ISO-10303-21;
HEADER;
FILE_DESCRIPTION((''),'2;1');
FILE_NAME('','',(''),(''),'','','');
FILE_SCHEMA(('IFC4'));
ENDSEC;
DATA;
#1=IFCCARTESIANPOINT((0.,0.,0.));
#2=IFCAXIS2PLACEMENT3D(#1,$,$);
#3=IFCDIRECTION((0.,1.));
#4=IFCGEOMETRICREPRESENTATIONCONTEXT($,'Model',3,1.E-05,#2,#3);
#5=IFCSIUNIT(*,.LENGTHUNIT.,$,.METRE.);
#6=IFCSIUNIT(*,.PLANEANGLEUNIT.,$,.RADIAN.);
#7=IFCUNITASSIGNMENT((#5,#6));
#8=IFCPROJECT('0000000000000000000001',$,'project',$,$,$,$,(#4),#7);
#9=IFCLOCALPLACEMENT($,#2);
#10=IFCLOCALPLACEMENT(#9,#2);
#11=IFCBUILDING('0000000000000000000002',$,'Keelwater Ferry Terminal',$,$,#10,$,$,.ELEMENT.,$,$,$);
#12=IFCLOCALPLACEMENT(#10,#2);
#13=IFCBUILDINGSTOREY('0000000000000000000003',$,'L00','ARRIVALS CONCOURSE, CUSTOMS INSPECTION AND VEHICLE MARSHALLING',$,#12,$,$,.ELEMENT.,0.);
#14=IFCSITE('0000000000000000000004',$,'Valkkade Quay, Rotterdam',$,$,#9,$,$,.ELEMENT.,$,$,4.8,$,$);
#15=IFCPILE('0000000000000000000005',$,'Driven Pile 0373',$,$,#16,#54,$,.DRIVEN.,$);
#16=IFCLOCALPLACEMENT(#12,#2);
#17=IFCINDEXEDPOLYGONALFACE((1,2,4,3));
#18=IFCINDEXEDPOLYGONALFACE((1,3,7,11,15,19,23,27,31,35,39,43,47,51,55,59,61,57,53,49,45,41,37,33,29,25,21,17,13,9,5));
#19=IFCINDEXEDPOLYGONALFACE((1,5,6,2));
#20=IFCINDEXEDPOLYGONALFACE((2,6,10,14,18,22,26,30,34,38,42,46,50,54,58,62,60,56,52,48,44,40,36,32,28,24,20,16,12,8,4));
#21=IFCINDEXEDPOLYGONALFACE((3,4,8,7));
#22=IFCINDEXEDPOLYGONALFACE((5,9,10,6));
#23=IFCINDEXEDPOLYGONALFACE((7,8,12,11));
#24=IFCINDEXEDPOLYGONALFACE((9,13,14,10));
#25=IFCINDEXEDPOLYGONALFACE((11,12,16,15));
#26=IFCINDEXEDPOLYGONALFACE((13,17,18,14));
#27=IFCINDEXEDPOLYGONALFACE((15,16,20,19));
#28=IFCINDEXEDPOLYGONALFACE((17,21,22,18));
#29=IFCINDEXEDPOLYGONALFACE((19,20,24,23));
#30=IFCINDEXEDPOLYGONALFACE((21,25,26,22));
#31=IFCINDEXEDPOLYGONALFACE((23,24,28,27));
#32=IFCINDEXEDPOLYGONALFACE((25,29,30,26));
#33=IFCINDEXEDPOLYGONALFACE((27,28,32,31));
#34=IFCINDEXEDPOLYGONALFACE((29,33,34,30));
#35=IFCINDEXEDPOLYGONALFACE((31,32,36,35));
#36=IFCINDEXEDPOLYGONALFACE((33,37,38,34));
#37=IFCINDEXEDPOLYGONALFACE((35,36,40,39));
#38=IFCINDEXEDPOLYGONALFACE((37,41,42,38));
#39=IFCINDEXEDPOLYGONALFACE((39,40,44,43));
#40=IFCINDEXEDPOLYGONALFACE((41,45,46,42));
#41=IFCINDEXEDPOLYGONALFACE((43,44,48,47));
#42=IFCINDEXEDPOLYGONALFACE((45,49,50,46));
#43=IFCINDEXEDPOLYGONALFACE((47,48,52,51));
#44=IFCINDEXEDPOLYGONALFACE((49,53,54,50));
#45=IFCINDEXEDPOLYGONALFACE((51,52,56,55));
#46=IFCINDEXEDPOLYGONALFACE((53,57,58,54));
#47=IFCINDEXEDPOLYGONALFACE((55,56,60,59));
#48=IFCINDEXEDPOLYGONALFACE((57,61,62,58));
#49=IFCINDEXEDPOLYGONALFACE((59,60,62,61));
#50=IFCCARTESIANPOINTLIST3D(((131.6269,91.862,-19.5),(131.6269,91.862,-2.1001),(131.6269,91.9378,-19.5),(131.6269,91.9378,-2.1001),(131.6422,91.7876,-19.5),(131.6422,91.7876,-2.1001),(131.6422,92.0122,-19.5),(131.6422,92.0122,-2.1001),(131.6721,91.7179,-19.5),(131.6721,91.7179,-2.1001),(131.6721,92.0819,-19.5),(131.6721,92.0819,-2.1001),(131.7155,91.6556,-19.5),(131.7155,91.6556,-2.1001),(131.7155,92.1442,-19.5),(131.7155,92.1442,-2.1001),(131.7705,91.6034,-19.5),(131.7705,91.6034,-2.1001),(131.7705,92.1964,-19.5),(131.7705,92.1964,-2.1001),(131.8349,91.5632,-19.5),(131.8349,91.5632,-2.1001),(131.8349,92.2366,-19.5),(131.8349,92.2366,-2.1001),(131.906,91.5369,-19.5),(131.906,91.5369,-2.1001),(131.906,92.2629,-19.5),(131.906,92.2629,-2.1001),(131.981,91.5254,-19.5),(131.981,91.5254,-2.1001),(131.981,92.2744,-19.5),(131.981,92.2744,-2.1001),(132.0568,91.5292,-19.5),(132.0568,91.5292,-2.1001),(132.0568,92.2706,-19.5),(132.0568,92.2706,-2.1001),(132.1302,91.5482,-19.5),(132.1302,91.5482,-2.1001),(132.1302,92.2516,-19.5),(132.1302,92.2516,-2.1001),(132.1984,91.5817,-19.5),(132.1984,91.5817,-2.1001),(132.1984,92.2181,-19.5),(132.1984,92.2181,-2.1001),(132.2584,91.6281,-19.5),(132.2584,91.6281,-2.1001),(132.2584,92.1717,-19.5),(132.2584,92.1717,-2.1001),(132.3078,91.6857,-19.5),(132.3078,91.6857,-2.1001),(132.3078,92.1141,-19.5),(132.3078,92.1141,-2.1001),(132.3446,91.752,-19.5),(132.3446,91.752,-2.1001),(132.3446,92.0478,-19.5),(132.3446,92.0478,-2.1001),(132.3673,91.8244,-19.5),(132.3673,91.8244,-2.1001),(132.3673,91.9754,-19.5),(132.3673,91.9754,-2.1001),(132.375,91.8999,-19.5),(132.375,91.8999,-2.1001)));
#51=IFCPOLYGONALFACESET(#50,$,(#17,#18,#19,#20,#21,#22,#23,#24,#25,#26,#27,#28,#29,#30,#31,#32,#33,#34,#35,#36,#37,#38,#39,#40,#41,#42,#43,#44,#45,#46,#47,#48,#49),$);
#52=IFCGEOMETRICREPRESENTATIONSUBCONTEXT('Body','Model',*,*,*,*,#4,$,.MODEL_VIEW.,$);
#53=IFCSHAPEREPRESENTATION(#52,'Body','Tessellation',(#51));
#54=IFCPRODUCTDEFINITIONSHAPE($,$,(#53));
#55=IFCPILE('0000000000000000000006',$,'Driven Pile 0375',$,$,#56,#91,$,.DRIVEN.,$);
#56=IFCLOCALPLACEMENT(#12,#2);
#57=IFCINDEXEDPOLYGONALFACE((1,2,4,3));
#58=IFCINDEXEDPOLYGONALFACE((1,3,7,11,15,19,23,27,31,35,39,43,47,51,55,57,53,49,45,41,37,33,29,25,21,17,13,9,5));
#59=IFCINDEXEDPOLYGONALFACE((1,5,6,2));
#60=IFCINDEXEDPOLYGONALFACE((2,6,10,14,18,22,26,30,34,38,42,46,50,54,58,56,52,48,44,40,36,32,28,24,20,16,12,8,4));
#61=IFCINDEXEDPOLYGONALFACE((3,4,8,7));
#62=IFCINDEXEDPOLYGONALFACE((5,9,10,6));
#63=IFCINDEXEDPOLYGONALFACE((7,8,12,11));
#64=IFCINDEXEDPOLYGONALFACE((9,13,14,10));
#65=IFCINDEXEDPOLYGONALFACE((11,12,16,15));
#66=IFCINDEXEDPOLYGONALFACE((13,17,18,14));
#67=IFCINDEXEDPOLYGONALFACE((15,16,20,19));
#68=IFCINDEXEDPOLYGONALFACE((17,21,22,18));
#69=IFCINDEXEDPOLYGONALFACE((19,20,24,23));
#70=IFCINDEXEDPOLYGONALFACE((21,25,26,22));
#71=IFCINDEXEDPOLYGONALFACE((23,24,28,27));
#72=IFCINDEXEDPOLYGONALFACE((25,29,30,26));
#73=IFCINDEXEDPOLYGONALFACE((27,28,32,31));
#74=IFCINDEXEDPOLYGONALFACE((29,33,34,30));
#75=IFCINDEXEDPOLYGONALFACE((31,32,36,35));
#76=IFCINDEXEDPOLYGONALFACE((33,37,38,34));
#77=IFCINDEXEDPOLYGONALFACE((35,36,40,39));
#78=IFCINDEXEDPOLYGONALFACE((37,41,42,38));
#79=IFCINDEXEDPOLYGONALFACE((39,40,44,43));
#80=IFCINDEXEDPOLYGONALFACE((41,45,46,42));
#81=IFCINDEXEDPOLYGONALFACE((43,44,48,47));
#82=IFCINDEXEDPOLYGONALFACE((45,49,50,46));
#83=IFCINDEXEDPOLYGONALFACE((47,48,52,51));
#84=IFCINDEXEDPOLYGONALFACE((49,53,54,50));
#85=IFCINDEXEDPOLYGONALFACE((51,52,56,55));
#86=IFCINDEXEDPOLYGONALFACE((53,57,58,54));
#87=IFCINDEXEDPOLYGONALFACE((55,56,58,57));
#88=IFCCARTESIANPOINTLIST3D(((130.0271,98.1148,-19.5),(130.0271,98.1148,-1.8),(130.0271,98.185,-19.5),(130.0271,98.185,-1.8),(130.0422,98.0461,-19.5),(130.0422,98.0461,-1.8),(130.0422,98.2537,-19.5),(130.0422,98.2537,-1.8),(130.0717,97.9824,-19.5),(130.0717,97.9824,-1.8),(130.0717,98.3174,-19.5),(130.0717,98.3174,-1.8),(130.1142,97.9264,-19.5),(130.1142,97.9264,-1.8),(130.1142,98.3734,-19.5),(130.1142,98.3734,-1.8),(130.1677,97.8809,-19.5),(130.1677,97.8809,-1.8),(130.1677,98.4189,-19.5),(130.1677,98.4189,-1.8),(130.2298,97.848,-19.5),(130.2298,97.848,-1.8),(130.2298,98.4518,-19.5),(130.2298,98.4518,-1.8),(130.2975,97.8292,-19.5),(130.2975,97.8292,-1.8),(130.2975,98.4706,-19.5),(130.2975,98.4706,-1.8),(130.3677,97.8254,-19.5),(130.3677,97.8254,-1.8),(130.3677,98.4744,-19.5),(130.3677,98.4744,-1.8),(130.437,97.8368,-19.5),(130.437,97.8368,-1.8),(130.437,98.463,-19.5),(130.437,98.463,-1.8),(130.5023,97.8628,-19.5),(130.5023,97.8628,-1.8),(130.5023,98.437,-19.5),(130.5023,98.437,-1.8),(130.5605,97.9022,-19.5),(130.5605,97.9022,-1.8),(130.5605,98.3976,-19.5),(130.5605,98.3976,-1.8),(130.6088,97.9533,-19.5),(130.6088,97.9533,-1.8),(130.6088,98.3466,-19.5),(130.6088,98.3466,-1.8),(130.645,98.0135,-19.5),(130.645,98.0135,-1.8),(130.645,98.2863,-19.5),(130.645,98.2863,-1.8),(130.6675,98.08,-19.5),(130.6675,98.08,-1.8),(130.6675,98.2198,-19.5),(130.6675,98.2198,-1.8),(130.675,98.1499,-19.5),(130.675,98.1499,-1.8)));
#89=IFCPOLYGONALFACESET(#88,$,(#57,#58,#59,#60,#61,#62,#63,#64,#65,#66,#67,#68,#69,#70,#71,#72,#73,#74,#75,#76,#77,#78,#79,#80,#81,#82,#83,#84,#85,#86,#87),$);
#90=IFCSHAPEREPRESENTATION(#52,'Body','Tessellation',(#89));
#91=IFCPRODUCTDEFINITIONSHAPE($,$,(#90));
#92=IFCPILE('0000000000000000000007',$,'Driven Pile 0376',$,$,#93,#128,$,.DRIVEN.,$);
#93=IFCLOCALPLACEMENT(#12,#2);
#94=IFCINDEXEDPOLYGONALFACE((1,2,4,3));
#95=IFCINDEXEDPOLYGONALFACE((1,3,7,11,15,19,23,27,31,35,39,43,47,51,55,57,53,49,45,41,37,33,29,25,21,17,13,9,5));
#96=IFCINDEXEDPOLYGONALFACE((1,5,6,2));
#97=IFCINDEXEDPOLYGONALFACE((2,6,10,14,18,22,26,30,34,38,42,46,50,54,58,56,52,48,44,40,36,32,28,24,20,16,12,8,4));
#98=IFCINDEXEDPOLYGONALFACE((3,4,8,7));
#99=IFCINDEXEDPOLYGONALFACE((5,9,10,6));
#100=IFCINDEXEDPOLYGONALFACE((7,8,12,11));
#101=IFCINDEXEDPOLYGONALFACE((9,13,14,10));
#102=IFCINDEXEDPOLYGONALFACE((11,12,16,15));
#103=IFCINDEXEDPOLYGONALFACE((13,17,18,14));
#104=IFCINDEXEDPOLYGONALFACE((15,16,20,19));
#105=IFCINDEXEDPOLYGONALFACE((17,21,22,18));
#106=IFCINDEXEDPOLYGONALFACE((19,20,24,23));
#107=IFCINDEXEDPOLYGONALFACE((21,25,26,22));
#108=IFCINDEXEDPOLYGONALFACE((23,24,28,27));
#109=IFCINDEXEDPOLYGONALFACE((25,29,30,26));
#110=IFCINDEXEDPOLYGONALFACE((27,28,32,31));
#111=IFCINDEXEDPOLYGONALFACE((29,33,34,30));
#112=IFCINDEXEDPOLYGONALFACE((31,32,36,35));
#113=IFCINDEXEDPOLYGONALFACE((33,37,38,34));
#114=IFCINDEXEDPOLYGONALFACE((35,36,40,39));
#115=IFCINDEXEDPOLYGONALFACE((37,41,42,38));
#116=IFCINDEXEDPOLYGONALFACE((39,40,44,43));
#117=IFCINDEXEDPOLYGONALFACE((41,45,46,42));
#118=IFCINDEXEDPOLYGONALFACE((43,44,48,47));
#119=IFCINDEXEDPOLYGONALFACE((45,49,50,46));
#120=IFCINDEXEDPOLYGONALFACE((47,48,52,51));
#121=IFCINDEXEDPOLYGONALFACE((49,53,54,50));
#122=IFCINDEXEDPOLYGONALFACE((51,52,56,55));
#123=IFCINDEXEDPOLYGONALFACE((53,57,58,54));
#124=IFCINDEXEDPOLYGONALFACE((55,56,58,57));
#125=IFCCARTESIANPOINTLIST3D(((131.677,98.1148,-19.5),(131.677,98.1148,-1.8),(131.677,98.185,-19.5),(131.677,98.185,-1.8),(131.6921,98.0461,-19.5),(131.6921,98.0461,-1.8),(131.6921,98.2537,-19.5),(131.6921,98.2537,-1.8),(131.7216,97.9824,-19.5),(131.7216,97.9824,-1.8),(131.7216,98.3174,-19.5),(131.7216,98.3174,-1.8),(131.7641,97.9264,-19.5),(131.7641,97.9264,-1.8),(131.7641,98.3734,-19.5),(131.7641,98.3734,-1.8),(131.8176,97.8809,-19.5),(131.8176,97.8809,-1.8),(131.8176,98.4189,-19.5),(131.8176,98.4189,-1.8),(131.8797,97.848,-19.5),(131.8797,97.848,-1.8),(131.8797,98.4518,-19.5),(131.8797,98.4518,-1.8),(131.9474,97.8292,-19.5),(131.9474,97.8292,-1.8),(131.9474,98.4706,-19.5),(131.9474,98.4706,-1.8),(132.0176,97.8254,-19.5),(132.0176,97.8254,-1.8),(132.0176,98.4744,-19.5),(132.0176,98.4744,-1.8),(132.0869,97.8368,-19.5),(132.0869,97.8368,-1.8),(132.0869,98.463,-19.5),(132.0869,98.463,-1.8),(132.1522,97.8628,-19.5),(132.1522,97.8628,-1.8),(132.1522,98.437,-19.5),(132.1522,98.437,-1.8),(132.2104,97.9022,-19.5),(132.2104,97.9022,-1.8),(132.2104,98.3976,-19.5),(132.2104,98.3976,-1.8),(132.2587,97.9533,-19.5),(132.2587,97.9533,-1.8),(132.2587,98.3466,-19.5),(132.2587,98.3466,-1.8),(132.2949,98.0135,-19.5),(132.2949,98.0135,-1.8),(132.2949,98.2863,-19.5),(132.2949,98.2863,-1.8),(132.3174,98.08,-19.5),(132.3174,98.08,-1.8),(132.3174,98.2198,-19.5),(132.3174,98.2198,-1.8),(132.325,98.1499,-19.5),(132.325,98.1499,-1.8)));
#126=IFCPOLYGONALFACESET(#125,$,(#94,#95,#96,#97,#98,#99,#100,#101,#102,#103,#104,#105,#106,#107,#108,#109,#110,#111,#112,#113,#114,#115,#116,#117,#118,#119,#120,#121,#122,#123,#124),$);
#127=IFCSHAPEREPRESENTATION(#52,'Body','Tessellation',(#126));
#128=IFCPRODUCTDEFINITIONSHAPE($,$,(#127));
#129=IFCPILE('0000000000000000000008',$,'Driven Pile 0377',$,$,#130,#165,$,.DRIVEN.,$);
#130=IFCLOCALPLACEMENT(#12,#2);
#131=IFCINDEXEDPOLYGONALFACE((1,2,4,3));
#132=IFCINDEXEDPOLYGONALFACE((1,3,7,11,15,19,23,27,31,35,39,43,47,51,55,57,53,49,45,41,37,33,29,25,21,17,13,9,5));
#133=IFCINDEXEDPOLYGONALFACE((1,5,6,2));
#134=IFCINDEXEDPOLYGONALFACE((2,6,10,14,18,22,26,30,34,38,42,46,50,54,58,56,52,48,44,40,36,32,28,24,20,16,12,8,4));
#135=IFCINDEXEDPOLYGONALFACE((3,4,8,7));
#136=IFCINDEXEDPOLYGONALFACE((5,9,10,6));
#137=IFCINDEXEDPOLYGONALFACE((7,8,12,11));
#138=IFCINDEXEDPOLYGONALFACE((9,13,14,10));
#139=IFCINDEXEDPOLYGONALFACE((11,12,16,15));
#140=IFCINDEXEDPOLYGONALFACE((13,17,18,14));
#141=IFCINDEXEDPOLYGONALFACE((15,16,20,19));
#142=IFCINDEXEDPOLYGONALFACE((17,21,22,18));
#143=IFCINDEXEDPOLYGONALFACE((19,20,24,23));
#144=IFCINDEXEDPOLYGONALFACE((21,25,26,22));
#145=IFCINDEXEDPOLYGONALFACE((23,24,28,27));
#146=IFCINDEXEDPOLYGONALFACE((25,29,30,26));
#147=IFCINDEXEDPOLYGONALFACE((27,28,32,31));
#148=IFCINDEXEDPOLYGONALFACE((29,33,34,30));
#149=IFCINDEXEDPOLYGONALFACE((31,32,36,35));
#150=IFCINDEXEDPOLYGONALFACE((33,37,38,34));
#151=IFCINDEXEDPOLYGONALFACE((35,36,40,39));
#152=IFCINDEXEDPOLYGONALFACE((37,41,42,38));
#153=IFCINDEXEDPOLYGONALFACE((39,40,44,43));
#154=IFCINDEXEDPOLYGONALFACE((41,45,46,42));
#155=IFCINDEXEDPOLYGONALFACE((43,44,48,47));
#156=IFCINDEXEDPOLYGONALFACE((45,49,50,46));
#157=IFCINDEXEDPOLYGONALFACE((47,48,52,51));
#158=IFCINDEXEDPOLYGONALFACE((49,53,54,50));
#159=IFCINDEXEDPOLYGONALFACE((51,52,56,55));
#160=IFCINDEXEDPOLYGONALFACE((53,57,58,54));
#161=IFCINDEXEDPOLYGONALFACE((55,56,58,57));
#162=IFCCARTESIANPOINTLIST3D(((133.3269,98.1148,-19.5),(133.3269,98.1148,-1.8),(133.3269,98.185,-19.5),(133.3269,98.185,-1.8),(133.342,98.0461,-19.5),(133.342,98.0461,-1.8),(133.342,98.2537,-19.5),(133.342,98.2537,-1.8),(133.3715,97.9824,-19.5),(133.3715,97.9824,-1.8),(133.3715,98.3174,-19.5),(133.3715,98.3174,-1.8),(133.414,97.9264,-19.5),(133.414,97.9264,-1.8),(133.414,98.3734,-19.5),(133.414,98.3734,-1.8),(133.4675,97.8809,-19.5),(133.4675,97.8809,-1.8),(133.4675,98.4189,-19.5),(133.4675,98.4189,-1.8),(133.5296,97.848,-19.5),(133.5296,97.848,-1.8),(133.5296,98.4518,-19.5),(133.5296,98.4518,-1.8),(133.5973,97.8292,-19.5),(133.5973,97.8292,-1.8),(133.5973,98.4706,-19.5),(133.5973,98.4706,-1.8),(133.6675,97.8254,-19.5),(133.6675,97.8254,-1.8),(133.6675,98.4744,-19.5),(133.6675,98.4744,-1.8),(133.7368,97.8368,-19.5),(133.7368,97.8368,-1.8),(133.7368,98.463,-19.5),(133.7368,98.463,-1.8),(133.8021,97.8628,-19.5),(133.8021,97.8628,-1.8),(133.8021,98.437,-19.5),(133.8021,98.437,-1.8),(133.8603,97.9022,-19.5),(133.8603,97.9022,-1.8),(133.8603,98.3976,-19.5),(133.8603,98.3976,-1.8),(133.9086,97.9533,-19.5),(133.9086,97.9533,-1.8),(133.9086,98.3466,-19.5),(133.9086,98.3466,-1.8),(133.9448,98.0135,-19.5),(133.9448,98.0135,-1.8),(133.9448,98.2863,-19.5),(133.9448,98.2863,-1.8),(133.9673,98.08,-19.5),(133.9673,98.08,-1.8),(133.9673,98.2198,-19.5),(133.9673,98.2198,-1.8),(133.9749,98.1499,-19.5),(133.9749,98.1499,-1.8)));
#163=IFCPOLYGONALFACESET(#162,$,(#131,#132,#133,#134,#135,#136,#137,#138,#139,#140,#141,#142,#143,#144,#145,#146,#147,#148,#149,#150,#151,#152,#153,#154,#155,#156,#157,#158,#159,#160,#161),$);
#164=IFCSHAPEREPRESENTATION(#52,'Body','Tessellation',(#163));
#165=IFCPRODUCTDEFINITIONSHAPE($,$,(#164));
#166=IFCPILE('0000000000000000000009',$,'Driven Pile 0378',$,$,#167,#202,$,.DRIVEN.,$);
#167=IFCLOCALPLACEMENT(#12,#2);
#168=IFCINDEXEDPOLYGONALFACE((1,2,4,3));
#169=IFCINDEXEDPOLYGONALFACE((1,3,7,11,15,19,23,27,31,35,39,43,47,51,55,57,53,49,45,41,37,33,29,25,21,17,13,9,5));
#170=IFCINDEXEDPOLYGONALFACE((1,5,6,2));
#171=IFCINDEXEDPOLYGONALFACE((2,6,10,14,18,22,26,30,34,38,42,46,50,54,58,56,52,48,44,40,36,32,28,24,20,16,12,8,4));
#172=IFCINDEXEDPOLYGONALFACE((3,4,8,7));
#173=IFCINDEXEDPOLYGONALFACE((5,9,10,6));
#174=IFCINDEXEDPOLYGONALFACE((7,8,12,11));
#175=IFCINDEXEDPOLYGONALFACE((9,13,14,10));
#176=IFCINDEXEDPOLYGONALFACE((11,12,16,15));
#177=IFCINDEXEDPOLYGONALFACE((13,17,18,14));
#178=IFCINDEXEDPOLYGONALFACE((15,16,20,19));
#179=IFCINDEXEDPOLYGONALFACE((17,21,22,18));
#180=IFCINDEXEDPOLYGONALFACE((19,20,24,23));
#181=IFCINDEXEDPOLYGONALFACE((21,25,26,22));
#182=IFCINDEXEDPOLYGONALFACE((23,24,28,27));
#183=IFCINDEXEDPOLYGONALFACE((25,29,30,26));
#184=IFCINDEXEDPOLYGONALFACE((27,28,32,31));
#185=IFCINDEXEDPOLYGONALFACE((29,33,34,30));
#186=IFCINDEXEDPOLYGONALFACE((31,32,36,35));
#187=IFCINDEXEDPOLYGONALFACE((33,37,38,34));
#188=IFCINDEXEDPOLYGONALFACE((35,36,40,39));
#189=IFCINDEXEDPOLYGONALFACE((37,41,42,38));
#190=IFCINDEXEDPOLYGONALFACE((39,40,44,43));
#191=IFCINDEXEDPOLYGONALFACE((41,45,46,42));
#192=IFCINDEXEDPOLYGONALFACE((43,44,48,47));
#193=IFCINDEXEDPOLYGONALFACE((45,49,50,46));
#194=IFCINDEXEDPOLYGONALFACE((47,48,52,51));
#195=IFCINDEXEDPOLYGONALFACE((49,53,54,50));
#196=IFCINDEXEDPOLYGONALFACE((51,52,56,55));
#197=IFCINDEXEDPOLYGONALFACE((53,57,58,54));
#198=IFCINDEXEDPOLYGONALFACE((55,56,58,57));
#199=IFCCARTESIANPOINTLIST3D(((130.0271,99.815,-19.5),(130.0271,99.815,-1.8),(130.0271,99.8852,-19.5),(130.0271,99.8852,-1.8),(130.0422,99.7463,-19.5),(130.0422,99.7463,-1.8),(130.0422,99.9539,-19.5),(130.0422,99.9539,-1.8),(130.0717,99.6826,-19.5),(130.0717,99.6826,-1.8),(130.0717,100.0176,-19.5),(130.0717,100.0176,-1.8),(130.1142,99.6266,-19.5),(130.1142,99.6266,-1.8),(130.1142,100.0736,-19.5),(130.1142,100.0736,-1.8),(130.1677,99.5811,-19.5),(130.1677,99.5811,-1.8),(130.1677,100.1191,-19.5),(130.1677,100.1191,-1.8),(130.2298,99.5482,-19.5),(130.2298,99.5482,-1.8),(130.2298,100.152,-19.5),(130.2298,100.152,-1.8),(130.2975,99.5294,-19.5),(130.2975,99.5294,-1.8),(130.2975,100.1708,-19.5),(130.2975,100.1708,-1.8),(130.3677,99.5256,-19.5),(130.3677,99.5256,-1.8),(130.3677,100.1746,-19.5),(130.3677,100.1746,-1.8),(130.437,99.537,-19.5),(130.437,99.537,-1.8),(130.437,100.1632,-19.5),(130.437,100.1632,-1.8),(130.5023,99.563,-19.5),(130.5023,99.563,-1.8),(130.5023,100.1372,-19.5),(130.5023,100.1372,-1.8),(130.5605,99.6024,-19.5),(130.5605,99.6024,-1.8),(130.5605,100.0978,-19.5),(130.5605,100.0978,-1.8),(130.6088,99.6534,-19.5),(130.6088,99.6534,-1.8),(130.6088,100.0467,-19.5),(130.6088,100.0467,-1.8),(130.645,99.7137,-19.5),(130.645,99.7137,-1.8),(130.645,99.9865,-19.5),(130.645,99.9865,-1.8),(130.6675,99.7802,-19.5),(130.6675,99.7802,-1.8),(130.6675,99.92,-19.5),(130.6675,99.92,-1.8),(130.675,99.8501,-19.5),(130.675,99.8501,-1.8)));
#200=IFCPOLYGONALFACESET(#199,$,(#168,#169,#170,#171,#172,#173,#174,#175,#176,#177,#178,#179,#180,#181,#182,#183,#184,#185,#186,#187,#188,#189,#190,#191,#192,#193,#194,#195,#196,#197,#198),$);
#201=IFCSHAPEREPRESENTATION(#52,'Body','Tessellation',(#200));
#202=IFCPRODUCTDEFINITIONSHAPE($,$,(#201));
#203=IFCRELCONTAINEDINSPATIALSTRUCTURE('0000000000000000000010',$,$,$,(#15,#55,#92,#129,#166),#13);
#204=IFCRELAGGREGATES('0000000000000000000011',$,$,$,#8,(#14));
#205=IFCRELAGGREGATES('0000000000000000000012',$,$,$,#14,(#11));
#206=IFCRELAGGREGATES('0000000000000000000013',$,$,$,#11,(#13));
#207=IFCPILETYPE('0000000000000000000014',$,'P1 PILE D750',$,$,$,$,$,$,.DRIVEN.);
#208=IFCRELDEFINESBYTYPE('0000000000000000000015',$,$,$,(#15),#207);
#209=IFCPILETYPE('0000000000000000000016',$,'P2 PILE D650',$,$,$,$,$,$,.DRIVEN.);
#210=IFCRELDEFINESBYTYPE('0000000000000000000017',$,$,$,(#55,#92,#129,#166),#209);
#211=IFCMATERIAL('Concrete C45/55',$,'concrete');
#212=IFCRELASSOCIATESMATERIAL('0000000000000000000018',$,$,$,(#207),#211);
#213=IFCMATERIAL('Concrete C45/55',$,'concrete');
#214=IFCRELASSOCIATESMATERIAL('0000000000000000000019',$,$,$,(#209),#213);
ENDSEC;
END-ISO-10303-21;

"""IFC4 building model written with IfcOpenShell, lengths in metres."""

from ifc_helpers import new_model, si_unit, direction, frame, origin, origin_2d, place, context, subcontext, project, spatial, circle, extrude, material, material_profile, profile_set, type_object, element, save


model = new_model("IFC4")

# Units and contexts
model_context = context("Model", 3, precision=1e-05, world=origin(), true_north=direction((0.0, 1.0)))
body_context = subcontext(model_context, "Body", "Model", "MODEL_VIEW")
ifc_project = project(units=[si_unit("LENGTHUNIT", "METRE"), si_unit("PLANEANGLEUNIT", "RADIAN")], contexts=[model_context])

# Site, building, storey
site_placement = place(None, origin())
site = spatial("IfcSite", under=ifc_project, at=site_placement, Name="Valkkade Quay, Rotterdam", CompositionType="ELEMENT", RefElevation=4.8)
building_placement = place(site_placement, origin())
building = spatial("IfcBuilding", under=site, at=building_placement, Name="Keelwater Ferry Terminal", CompositionType="ELEMENT")
storey_placement = place(building_placement, origin())
storey = spatial("IfcBuildingStorey", under=building, at=storey_placement, Name="L00", Description="ARRIVALS CONCOURSE, CUSTOMS INSPECTION AND VEHICLE MARSHALLING", CompositionType="ELEMENT", Elevation=0.0)

# Piles
ifc_material_1 = material(Name="Concrete C45/55", Category="concrete")
ifc_material_profile_1 = material_profile(ifc_material_1, circle(Radius=0.375, at=origin_2d()), Name="PILE D750")
ifc_profile_set_1 = profile_set([ifc_material_profile_1], Name="Concrete C45/55")
pile_type_1 = type_object("IfcPileType", Name="P1 PILE D750", PredefinedType="DRIVEN", material=ifc_profile_set_1)
pile_placement = place(storey_placement, frame((132.0, 91.8999, -2.1001), z_axis=(0.0, 0.0, -1.0), x_axis=(1.0, 0.0, 0.0)))
element("IfcPile", 1, at=pile_placement, inside=storey, type_object=pile_type_1, Name="Driven Pile 0373", PredefinedType="DRIVEN", context=body_context, shape_type="SweptSolid", body=[
    extrude(circle(Radius=0.375, at=origin_2d()), origin(), (0.0, 0.0, 1.0), 17.3999),
])
ifc_material_2 = material(Name="Concrete C45/55", Category="concrete")
ifc_material_profile_2 = material_profile(ifc_material_2, circle(Radius=0.325, at=origin_2d()), Name="PILE D650")
ifc_profile_set_2 = profile_set([ifc_material_profile_2], Name="Concrete C45/55")
pile_type_2 = type_object("IfcPileType", Name="P2 PILE D650", PredefinedType="DRIVEN", material=ifc_profile_set_2)
for number, where, z_axis, x_axis, name in (
    (2, (130.3501, 98.1499, -1.8), (0.0, 0.0, -1.0), (1.0, 0.0, 0.0), "Driven Pile 0375"),
    (3, (132.0, 98.1499, -1.8), (0.0, 0.0, -1.0), (1.0, 0.0, 0.0), "Driven Pile 0376"),
    (4, (133.6499, 98.1499, -1.8), (0.0, 0.0, -1.0), (1.0, 0.0, 0.0), "Driven Pile 0377"),
    (5, (130.3501, 99.8501, -1.8), (0.0, 0.0, -1.0), (1.0, 0.0, 0.0), "Driven Pile 0378"),
):
    element("IfcPile", number, at=place(storey_placement, frame(where, z_axis=z_axis, x_axis=x_axis)), inside=storey, type_object=pile_type_2, Name=name, PredefinedType="DRIVEN", context=body_context, shape_type="SweptSolid", body=[
        extrude(circle(Radius=0.325, at=origin_2d()), origin(), (0.0, 0.0, 1.0), 17.7),
    ])

save(model, "model.ifc")
